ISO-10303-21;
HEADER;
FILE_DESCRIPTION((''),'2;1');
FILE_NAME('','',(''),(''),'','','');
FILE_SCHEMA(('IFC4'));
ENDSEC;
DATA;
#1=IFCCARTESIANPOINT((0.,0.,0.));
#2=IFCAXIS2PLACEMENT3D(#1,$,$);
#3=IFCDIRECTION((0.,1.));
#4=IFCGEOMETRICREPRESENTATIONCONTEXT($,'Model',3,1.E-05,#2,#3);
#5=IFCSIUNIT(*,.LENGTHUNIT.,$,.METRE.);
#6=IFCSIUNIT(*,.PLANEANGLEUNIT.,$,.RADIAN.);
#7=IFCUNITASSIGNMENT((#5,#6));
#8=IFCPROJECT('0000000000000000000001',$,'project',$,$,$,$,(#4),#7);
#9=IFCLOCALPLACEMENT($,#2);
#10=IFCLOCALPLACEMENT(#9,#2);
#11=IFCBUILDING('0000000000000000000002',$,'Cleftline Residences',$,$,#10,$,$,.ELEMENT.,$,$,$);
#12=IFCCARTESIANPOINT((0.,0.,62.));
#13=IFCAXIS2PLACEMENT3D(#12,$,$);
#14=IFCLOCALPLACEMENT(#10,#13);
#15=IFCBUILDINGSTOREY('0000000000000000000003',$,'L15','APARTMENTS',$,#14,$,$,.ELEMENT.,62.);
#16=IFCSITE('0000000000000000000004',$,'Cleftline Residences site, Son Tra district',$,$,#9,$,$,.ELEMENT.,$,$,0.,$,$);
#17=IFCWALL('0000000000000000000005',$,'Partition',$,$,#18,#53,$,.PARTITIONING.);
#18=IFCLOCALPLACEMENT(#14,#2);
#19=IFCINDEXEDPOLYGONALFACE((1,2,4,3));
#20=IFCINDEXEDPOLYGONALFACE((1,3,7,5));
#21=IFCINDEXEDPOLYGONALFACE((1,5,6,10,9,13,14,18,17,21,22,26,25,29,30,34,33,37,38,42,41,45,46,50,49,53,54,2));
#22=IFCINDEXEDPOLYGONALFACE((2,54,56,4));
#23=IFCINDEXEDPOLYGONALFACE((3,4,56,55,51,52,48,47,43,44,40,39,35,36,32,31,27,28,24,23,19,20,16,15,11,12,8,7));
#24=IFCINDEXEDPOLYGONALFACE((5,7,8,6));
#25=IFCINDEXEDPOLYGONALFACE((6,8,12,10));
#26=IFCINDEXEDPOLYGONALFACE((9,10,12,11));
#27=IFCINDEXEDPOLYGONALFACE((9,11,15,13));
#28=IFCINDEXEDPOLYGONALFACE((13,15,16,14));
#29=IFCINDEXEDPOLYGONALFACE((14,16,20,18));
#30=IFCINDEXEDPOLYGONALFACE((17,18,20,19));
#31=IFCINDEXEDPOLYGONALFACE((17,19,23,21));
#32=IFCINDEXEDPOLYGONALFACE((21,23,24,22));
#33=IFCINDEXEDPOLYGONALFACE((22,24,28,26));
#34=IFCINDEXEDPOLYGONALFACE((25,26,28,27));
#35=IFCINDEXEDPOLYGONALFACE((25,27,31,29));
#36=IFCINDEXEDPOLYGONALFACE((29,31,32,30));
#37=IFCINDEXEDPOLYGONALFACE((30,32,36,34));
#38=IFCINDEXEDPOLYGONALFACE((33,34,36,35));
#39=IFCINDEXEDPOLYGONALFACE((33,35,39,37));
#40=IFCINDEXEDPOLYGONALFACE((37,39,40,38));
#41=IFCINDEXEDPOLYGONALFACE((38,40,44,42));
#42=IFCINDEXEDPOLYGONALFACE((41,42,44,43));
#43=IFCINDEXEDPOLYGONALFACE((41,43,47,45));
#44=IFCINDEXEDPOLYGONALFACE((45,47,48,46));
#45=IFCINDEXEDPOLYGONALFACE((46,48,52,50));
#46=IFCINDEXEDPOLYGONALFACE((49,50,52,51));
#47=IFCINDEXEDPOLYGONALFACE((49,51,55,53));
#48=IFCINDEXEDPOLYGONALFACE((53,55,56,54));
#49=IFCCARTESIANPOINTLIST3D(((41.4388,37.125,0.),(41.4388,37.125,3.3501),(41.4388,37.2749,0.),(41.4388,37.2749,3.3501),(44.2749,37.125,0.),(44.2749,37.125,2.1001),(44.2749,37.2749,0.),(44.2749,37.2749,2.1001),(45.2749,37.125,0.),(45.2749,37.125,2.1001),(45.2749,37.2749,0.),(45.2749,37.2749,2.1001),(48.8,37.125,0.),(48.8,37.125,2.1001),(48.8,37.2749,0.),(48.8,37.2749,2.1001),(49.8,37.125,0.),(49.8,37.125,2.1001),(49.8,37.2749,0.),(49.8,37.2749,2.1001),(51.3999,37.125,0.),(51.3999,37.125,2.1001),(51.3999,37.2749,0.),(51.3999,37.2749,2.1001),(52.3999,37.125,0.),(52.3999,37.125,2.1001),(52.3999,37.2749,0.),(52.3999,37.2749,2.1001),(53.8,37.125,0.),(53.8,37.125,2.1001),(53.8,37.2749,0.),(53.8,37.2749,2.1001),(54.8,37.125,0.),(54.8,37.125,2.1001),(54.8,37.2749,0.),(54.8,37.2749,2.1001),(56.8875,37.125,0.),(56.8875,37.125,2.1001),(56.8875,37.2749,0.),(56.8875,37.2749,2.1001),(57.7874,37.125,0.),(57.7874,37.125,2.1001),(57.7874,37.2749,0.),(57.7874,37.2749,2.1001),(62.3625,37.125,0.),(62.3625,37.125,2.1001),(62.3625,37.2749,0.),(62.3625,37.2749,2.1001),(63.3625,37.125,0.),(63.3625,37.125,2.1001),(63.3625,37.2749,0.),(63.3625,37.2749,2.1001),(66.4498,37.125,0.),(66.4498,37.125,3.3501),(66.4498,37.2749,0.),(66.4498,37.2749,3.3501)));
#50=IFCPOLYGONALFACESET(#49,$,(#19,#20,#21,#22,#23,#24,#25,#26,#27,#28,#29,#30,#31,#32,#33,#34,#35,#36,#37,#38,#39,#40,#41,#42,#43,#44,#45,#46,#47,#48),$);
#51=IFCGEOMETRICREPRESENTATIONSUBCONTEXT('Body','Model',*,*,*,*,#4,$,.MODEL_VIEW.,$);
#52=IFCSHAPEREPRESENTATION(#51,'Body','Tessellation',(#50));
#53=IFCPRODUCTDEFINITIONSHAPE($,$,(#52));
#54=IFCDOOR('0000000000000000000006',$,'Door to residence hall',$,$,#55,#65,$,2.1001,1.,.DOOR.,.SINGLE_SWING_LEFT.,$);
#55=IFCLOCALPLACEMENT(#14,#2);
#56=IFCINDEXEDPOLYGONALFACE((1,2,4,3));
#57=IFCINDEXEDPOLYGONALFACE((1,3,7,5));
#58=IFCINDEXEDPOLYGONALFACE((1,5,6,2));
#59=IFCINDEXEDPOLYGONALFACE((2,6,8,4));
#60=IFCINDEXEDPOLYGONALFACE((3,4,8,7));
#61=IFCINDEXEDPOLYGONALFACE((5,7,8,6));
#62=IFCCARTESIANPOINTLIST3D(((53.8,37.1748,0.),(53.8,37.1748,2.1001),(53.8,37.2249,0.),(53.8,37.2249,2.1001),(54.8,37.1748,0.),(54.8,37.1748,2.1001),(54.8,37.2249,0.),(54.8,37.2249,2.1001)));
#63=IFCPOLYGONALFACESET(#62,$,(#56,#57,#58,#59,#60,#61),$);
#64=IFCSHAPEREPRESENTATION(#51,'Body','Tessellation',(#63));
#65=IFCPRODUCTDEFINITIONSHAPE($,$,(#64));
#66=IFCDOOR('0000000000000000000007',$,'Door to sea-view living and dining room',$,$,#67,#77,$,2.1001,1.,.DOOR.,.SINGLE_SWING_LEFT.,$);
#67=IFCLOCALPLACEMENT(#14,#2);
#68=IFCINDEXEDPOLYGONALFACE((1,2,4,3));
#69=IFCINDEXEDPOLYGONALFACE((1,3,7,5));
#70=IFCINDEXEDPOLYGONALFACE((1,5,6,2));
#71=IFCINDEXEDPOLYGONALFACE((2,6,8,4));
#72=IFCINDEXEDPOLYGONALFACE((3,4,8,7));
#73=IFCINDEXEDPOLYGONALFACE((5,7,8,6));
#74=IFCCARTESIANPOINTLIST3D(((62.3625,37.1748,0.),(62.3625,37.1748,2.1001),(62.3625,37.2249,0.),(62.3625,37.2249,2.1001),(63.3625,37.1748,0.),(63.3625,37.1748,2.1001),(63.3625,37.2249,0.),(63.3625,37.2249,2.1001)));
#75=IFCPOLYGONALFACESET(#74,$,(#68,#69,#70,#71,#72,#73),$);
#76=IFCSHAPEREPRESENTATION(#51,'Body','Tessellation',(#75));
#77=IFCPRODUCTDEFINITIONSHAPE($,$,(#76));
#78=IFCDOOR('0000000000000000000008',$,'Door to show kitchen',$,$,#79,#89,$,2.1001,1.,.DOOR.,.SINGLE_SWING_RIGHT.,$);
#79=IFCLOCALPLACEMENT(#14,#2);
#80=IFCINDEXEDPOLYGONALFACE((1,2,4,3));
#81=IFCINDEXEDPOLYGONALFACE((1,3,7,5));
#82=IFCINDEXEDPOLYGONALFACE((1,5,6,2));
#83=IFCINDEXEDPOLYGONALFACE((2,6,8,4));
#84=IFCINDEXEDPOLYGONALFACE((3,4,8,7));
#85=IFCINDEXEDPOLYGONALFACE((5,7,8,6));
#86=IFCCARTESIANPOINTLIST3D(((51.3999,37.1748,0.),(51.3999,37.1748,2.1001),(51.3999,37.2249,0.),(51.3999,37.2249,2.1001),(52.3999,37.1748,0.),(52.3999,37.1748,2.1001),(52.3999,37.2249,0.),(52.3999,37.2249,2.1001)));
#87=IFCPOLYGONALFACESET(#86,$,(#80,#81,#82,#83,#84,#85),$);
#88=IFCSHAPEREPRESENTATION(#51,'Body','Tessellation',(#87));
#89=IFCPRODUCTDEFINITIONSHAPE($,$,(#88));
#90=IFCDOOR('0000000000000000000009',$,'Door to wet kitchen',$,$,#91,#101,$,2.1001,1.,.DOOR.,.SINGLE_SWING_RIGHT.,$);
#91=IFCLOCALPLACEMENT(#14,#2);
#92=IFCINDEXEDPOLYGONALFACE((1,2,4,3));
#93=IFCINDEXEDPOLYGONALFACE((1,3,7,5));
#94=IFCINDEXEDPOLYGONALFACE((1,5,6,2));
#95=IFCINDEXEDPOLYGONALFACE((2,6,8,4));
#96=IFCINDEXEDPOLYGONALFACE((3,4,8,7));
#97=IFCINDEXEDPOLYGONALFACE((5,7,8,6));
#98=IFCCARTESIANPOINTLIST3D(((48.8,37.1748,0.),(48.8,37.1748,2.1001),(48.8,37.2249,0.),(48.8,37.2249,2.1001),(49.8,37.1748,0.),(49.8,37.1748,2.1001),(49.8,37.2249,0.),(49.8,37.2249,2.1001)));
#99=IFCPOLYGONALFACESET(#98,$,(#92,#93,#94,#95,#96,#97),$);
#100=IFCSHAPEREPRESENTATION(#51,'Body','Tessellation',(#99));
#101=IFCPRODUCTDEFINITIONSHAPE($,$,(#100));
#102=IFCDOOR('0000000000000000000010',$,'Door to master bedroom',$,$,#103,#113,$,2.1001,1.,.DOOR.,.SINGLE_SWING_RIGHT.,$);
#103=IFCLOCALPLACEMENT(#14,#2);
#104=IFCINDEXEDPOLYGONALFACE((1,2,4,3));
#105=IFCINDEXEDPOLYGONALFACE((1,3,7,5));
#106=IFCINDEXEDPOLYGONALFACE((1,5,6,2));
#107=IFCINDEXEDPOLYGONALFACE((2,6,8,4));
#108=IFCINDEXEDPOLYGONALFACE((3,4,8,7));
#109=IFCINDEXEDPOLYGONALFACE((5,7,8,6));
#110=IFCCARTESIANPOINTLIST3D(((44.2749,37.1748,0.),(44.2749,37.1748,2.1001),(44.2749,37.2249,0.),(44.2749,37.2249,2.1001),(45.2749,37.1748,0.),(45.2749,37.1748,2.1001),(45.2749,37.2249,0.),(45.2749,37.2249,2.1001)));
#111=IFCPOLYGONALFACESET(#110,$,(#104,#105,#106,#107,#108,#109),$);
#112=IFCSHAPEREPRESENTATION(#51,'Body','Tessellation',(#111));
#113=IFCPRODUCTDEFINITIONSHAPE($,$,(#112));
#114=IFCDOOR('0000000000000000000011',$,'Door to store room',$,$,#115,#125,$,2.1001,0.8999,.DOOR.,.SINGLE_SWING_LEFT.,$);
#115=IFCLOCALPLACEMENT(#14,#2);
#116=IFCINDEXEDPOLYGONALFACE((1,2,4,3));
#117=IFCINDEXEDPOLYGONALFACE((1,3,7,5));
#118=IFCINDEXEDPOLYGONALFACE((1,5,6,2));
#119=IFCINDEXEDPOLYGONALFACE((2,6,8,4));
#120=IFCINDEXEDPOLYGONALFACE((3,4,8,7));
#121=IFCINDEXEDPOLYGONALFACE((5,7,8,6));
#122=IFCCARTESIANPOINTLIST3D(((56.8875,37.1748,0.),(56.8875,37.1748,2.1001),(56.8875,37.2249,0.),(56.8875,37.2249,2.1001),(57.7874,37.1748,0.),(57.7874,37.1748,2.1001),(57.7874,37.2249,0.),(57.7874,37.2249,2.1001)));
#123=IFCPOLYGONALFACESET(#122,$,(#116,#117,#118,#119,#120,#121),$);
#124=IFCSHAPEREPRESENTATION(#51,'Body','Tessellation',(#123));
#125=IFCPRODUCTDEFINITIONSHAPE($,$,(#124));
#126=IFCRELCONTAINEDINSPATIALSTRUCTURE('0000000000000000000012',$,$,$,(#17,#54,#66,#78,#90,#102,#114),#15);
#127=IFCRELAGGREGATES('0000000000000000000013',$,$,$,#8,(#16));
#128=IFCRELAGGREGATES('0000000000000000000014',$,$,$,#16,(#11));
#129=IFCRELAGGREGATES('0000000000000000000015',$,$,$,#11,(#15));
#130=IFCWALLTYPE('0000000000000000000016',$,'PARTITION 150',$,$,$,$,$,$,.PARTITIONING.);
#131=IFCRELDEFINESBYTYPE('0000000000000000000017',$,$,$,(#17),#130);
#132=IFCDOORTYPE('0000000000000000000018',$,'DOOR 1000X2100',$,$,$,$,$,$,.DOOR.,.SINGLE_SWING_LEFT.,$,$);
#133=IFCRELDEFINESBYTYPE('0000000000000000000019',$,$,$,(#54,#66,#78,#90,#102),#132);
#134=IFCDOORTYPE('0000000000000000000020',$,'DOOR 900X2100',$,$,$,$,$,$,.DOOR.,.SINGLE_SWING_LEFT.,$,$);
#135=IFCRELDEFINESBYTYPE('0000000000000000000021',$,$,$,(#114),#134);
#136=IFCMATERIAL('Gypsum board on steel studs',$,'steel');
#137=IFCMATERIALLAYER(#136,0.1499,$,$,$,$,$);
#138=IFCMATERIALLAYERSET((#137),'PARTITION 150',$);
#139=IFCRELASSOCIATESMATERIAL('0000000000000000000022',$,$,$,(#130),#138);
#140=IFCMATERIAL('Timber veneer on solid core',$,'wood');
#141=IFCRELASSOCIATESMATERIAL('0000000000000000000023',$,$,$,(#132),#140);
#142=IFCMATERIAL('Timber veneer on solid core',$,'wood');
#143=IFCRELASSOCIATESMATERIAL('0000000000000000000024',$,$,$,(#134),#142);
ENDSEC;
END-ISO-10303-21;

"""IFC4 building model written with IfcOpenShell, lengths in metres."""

from ifc_helpers import new_model, si_unit, direction, frame, frame_2d, origin, place, context, subcontext, project, spatial, rectangle, extrude, material, layer, layer_set, type_object, element, fill, save


model = new_model("IFC4")

# Units and contexts
model_context = context("Model", 3, precision=1e-05, world=origin(), true_north=direction((0.0, 1.0)))
body_context = subcontext(model_context, "Body", "Model", "MODEL_VIEW")
ifc_project = project(units=[si_unit("LENGTHUNIT", "METRE"), si_unit("PLANEANGLEUNIT", "RADIAN")], contexts=[model_context])

# Site, building, storey
site_placement = place(None, origin())
site = spatial("IfcSite", under=ifc_project, at=site_placement, Name="Cleftline Residences site, Son Tra district", CompositionType="ELEMENT", RefElevation=0.0)
building_placement = place(site_placement, origin())
building = spatial("IfcBuilding", under=site, at=building_placement, Name="Cleftline Residences", CompositionType="ELEMENT")
storey_placement = place(building_placement, frame((0.0, 0.0, 62.0)))
storey = spatial("IfcBuildingStorey", under=building, at=storey_placement, Name="L15", Description="APARTMENTS", CompositionType="ELEMENT", Elevation=62.0)

# Wall, openings, doors
ifc_material_1 = material(Name="Gypsum board on steel studs", Category="steel")
ifc_layer_1 = layer(ifc_material_1, 0.1499)
ifc_layer_set_1 = layer_set([ifc_layer_1], Name="PARTITION 150")
wall_type = type_object("IfcWallType", Name="PARTITION 150", PredefinedType="PARTITIONING", material=ifc_layer_set_1)
wall_1_placement = place(storey_placement, frame((41.439, 37.2, 0.0), z_axis=(0.0, 0.0, 1.0), x_axis=(1.0, 0.0, 0.0)))
wall_1 = element("IfcWall", 1, at=wall_1_placement, inside=storey, type_object=wall_type, Name="Partition", PredefinedType="PARTITIONING", context=body_context, shape_type="SweptSolid", body=[
    extrude(rectangle(XDim=25.011, YDim=0.1499, at=frame_2d((12.5054, 0.0))), origin(), (0.0, 0.0, 1.0), 3.3501),
])
opening_1_placement = place(wall_1_placement, frame((12.3611, 0.0, 0.0)))
opening_1 = element("IfcOpeningElement", 2, at=opening_1_placement, cuts=wall_1, PredefinedType="OPENING", context=body_context, shape_type="SweptSolid", body=[
    extrude(rectangle(XDim=1.0, YDim=2.1001, at=frame_2d((0.5, 1.05))), frame((0.0, 0.085, 0.0), z_axis=(0.0, -1.0, 0.0), x_axis=(1.0, 0.0, 0.0)), (0.0, 0.0, 1.0), 0.1699),
])
opening_2_placement = place(wall_1_placement, frame((20.9236, 0.0, 0.0)))
opening_2 = element("IfcOpeningElement", 3, at=opening_2_placement, cuts=wall_1, PredefinedType="OPENING", context=body_context, shape_type="SweptSolid", body=[
    extrude(rectangle(XDim=1.0, YDim=2.1001, at=frame_2d((0.5, 1.05))), frame((0.0, 0.085, 0.0), z_axis=(0.0, -1.0, 0.0), x_axis=(1.0, 0.0, 0.0)), (0.0, 0.0, 1.0), 0.1699),
])
opening_3_placement = place(wall_1_placement, frame((15.4485, 0.0, 0.0)))
opening_3 = element("IfcOpeningElement", 4, at=opening_3_placement, cuts=wall_1, PredefinedType="OPENING", context=body_context, shape_type="SweptSolid", body=[
    extrude(rectangle(XDim=0.8999, YDim=2.1001, at=frame_2d((0.45, 1.05))), frame((0.0, 0.085, 0.0), z_axis=(0.0, -1.0, 0.0), x_axis=(1.0, 0.0, 0.0)), (0.0, 0.0, 1.0), 0.1699),
])
opening_4_placement = place(wall_1_placement, frame((9.9609, 0.0, 0.0)))
opening_4 = element("IfcOpeningElement", 5, at=opening_4_placement, cuts=wall_1, PredefinedType="OPENING", context=body_context, shape_type="SweptSolid", body=[
    extrude(rectangle(XDim=1.0, YDim=2.1001, at=frame_2d((0.5, 1.05))), frame((0.0, 0.085, 0.0), z_axis=(0.0, -1.0, 0.0), x_axis=(1.0, 0.0, 0.0)), (0.0, 0.0, 1.0), 0.1699),
])
opening_5_placement = place(wall_1_placement, frame((7.3611, 0.0, 0.0)))
opening_5 = element("IfcOpeningElement", 6, at=opening_5_placement, cuts=wall_1, PredefinedType="OPENING", context=body_context, shape_type="SweptSolid", body=[
    extrude(rectangle(XDim=1.0, YDim=2.1001, at=frame_2d((0.5, 1.05))), frame((0.0, 0.085, 0.0), z_axis=(0.0, -1.0, 0.0), x_axis=(1.0, 0.0, 0.0)), (0.0, 0.0, 1.0), 0.1699),
])
opening_6_placement = place(wall_1_placement, frame((2.8359, 0.0, 0.0)))
opening_6 = element("IfcOpeningElement", 7, at=opening_6_placement, cuts=wall_1, PredefinedType="OPENING", context=body_context, shape_type="SweptSolid", body=[
    extrude(rectangle(XDim=1.0, YDim=2.1001, at=frame_2d((0.5, 1.05))), frame((0.0, 0.085, 0.0), z_axis=(0.0, -1.0, 0.0), x_axis=(1.0, 0.0, 0.0)), (0.0, 0.0, 1.0), 0.1699),
])
ifc_material_2 = material(Name="Timber veneer on solid core", Category="wood")
door_type_1 = type_object("IfcDoorType", Name="DOOR 1000X2100", OperationType="SINGLE_SWING_LEFT", PredefinedType="DOOR", material=ifc_material_2)
door_1_placement = place(opening_1_placement, origin())
door_1 = element("IfcDoor", 8, at=door_1_placement, inside=storey, type_object=door_type_1, Name="Door to residence hall", OperationType="SINGLE_SWING_LEFT", OverallHeight=2.1001, OverallWidth=1.0, PredefinedType="DOOR", context=body_context, shape_type="SweptSolid", body=[
    extrude(rectangle(XDim=1.0, YDim=2.1001, at=frame_2d((0.5, 1.05))), frame((0.0, 0.0249, 0.0), z_axis=(0.0, -1.0, 0.0), x_axis=(1.0, 0.0, 0.0)), (0.0, 0.0, 1.0), 0.05),
])
fill(opening_1, door_1)
door_2_placement = place(opening_2_placement, origin())
door_2 = element("IfcDoor", 9, at=door_2_placement, inside=storey, type_object=door_type_1, Name="Door to sea-view living and dining room", OperationType="SINGLE_SWING_LEFT", OverallHeight=2.1001, OverallWidth=1.0, PredefinedType="DOOR", context=body_context, shape_type="SweptSolid", body=[
    extrude(rectangle(XDim=1.0, YDim=2.1001, at=frame_2d((0.5, 1.05))), frame((0.0, 0.0249, 0.0), z_axis=(0.0, -1.0, 0.0), x_axis=(1.0, 0.0, 0.0)), (0.0, 0.0, 1.0), 0.05),
])
fill(opening_2, door_2)
door_3_placement = place(opening_4_placement, origin())
door_3 = element("IfcDoor", 10, at=door_3_placement, inside=storey, type_object=door_type_1, Name="Door to show kitchen", OperationType="SINGLE_SWING_RIGHT", OverallHeight=2.1001, OverallWidth=1.0, PredefinedType="DOOR", context=body_context, shape_type="SweptSolid", body=[
    extrude(rectangle(XDim=1.0, YDim=2.1001, at=frame_2d((0.5, 1.05))), frame((0.0, 0.0249, 0.0), z_axis=(0.0, -1.0, 0.0), x_axis=(1.0, 0.0, 0.0)), (0.0, 0.0, 1.0), 0.05),
])
fill(opening_4, door_3)
door_4_placement = place(opening_5_placement, origin())
door_4 = element("IfcDoor", 11, at=door_4_placement, inside=storey, type_object=door_type_1, Name="Door to wet kitchen", OperationType="SINGLE_SWING_RIGHT", OverallHeight=2.1001, OverallWidth=1.0, PredefinedType="DOOR", context=body_context, shape_type="SweptSolid", body=[
    extrude(rectangle(XDim=1.0, YDim=2.1001, at=frame_2d((0.5, 1.05))), frame((0.0, 0.0249, 0.0), z_axis=(0.0, -1.0, 0.0), x_axis=(1.0, 0.0, 0.0)), (0.0, 0.0, 1.0), 0.05),
])
fill(opening_5, door_4)
door_5_placement = place(opening_6_placement, origin())
door_5 = element("IfcDoor", 12, at=door_5_placement, inside=storey, type_object=door_type_1, Name="Door to master bedroom", OperationType="SINGLE_SWING_RIGHT", OverallHeight=2.1001, OverallWidth=1.0, PredefinedType="DOOR", context=body_context, shape_type="SweptSolid", body=[
    extrude(rectangle(XDim=1.0, YDim=2.1001, at=frame_2d((0.5, 1.05))), frame((0.0, 0.0249, 0.0), z_axis=(0.0, -1.0, 0.0), x_axis=(1.0, 0.0, 0.0)), (0.0, 0.0, 1.0), 0.05),
])
fill(opening_6, door_5)
ifc_material_3 = material(Name="Timber veneer on solid core", Category="wood")
door_type_2 = type_object("IfcDoorType", Name="DOOR 900X2100", OperationType="SINGLE_SWING_LEFT", PredefinedType="DOOR", material=ifc_material_3)
door_6_placement = place(opening_3_placement, origin())
door_6 = element("IfcDoor", 13, at=door_6_placement, inside=storey, type_object=door_type_2, Name="Door to store room", OperationType="SINGLE_SWING_LEFT", OverallHeight=2.1001, OverallWidth=0.8999, PredefinedType="DOOR", context=body_context, shape_type="SweptSolid", body=[
    extrude(rectangle(XDim=0.8999, YDim=2.1001, at=frame_2d((0.45, 1.05))), frame((0.0, 0.0249, 0.0), z_axis=(0.0, -1.0, 0.0), x_axis=(1.0, 0.0, 0.0)), (0.0, 0.0, 1.0), 0.05),
])
fill(opening_3, door_6)

save(model, "model.ifc")
